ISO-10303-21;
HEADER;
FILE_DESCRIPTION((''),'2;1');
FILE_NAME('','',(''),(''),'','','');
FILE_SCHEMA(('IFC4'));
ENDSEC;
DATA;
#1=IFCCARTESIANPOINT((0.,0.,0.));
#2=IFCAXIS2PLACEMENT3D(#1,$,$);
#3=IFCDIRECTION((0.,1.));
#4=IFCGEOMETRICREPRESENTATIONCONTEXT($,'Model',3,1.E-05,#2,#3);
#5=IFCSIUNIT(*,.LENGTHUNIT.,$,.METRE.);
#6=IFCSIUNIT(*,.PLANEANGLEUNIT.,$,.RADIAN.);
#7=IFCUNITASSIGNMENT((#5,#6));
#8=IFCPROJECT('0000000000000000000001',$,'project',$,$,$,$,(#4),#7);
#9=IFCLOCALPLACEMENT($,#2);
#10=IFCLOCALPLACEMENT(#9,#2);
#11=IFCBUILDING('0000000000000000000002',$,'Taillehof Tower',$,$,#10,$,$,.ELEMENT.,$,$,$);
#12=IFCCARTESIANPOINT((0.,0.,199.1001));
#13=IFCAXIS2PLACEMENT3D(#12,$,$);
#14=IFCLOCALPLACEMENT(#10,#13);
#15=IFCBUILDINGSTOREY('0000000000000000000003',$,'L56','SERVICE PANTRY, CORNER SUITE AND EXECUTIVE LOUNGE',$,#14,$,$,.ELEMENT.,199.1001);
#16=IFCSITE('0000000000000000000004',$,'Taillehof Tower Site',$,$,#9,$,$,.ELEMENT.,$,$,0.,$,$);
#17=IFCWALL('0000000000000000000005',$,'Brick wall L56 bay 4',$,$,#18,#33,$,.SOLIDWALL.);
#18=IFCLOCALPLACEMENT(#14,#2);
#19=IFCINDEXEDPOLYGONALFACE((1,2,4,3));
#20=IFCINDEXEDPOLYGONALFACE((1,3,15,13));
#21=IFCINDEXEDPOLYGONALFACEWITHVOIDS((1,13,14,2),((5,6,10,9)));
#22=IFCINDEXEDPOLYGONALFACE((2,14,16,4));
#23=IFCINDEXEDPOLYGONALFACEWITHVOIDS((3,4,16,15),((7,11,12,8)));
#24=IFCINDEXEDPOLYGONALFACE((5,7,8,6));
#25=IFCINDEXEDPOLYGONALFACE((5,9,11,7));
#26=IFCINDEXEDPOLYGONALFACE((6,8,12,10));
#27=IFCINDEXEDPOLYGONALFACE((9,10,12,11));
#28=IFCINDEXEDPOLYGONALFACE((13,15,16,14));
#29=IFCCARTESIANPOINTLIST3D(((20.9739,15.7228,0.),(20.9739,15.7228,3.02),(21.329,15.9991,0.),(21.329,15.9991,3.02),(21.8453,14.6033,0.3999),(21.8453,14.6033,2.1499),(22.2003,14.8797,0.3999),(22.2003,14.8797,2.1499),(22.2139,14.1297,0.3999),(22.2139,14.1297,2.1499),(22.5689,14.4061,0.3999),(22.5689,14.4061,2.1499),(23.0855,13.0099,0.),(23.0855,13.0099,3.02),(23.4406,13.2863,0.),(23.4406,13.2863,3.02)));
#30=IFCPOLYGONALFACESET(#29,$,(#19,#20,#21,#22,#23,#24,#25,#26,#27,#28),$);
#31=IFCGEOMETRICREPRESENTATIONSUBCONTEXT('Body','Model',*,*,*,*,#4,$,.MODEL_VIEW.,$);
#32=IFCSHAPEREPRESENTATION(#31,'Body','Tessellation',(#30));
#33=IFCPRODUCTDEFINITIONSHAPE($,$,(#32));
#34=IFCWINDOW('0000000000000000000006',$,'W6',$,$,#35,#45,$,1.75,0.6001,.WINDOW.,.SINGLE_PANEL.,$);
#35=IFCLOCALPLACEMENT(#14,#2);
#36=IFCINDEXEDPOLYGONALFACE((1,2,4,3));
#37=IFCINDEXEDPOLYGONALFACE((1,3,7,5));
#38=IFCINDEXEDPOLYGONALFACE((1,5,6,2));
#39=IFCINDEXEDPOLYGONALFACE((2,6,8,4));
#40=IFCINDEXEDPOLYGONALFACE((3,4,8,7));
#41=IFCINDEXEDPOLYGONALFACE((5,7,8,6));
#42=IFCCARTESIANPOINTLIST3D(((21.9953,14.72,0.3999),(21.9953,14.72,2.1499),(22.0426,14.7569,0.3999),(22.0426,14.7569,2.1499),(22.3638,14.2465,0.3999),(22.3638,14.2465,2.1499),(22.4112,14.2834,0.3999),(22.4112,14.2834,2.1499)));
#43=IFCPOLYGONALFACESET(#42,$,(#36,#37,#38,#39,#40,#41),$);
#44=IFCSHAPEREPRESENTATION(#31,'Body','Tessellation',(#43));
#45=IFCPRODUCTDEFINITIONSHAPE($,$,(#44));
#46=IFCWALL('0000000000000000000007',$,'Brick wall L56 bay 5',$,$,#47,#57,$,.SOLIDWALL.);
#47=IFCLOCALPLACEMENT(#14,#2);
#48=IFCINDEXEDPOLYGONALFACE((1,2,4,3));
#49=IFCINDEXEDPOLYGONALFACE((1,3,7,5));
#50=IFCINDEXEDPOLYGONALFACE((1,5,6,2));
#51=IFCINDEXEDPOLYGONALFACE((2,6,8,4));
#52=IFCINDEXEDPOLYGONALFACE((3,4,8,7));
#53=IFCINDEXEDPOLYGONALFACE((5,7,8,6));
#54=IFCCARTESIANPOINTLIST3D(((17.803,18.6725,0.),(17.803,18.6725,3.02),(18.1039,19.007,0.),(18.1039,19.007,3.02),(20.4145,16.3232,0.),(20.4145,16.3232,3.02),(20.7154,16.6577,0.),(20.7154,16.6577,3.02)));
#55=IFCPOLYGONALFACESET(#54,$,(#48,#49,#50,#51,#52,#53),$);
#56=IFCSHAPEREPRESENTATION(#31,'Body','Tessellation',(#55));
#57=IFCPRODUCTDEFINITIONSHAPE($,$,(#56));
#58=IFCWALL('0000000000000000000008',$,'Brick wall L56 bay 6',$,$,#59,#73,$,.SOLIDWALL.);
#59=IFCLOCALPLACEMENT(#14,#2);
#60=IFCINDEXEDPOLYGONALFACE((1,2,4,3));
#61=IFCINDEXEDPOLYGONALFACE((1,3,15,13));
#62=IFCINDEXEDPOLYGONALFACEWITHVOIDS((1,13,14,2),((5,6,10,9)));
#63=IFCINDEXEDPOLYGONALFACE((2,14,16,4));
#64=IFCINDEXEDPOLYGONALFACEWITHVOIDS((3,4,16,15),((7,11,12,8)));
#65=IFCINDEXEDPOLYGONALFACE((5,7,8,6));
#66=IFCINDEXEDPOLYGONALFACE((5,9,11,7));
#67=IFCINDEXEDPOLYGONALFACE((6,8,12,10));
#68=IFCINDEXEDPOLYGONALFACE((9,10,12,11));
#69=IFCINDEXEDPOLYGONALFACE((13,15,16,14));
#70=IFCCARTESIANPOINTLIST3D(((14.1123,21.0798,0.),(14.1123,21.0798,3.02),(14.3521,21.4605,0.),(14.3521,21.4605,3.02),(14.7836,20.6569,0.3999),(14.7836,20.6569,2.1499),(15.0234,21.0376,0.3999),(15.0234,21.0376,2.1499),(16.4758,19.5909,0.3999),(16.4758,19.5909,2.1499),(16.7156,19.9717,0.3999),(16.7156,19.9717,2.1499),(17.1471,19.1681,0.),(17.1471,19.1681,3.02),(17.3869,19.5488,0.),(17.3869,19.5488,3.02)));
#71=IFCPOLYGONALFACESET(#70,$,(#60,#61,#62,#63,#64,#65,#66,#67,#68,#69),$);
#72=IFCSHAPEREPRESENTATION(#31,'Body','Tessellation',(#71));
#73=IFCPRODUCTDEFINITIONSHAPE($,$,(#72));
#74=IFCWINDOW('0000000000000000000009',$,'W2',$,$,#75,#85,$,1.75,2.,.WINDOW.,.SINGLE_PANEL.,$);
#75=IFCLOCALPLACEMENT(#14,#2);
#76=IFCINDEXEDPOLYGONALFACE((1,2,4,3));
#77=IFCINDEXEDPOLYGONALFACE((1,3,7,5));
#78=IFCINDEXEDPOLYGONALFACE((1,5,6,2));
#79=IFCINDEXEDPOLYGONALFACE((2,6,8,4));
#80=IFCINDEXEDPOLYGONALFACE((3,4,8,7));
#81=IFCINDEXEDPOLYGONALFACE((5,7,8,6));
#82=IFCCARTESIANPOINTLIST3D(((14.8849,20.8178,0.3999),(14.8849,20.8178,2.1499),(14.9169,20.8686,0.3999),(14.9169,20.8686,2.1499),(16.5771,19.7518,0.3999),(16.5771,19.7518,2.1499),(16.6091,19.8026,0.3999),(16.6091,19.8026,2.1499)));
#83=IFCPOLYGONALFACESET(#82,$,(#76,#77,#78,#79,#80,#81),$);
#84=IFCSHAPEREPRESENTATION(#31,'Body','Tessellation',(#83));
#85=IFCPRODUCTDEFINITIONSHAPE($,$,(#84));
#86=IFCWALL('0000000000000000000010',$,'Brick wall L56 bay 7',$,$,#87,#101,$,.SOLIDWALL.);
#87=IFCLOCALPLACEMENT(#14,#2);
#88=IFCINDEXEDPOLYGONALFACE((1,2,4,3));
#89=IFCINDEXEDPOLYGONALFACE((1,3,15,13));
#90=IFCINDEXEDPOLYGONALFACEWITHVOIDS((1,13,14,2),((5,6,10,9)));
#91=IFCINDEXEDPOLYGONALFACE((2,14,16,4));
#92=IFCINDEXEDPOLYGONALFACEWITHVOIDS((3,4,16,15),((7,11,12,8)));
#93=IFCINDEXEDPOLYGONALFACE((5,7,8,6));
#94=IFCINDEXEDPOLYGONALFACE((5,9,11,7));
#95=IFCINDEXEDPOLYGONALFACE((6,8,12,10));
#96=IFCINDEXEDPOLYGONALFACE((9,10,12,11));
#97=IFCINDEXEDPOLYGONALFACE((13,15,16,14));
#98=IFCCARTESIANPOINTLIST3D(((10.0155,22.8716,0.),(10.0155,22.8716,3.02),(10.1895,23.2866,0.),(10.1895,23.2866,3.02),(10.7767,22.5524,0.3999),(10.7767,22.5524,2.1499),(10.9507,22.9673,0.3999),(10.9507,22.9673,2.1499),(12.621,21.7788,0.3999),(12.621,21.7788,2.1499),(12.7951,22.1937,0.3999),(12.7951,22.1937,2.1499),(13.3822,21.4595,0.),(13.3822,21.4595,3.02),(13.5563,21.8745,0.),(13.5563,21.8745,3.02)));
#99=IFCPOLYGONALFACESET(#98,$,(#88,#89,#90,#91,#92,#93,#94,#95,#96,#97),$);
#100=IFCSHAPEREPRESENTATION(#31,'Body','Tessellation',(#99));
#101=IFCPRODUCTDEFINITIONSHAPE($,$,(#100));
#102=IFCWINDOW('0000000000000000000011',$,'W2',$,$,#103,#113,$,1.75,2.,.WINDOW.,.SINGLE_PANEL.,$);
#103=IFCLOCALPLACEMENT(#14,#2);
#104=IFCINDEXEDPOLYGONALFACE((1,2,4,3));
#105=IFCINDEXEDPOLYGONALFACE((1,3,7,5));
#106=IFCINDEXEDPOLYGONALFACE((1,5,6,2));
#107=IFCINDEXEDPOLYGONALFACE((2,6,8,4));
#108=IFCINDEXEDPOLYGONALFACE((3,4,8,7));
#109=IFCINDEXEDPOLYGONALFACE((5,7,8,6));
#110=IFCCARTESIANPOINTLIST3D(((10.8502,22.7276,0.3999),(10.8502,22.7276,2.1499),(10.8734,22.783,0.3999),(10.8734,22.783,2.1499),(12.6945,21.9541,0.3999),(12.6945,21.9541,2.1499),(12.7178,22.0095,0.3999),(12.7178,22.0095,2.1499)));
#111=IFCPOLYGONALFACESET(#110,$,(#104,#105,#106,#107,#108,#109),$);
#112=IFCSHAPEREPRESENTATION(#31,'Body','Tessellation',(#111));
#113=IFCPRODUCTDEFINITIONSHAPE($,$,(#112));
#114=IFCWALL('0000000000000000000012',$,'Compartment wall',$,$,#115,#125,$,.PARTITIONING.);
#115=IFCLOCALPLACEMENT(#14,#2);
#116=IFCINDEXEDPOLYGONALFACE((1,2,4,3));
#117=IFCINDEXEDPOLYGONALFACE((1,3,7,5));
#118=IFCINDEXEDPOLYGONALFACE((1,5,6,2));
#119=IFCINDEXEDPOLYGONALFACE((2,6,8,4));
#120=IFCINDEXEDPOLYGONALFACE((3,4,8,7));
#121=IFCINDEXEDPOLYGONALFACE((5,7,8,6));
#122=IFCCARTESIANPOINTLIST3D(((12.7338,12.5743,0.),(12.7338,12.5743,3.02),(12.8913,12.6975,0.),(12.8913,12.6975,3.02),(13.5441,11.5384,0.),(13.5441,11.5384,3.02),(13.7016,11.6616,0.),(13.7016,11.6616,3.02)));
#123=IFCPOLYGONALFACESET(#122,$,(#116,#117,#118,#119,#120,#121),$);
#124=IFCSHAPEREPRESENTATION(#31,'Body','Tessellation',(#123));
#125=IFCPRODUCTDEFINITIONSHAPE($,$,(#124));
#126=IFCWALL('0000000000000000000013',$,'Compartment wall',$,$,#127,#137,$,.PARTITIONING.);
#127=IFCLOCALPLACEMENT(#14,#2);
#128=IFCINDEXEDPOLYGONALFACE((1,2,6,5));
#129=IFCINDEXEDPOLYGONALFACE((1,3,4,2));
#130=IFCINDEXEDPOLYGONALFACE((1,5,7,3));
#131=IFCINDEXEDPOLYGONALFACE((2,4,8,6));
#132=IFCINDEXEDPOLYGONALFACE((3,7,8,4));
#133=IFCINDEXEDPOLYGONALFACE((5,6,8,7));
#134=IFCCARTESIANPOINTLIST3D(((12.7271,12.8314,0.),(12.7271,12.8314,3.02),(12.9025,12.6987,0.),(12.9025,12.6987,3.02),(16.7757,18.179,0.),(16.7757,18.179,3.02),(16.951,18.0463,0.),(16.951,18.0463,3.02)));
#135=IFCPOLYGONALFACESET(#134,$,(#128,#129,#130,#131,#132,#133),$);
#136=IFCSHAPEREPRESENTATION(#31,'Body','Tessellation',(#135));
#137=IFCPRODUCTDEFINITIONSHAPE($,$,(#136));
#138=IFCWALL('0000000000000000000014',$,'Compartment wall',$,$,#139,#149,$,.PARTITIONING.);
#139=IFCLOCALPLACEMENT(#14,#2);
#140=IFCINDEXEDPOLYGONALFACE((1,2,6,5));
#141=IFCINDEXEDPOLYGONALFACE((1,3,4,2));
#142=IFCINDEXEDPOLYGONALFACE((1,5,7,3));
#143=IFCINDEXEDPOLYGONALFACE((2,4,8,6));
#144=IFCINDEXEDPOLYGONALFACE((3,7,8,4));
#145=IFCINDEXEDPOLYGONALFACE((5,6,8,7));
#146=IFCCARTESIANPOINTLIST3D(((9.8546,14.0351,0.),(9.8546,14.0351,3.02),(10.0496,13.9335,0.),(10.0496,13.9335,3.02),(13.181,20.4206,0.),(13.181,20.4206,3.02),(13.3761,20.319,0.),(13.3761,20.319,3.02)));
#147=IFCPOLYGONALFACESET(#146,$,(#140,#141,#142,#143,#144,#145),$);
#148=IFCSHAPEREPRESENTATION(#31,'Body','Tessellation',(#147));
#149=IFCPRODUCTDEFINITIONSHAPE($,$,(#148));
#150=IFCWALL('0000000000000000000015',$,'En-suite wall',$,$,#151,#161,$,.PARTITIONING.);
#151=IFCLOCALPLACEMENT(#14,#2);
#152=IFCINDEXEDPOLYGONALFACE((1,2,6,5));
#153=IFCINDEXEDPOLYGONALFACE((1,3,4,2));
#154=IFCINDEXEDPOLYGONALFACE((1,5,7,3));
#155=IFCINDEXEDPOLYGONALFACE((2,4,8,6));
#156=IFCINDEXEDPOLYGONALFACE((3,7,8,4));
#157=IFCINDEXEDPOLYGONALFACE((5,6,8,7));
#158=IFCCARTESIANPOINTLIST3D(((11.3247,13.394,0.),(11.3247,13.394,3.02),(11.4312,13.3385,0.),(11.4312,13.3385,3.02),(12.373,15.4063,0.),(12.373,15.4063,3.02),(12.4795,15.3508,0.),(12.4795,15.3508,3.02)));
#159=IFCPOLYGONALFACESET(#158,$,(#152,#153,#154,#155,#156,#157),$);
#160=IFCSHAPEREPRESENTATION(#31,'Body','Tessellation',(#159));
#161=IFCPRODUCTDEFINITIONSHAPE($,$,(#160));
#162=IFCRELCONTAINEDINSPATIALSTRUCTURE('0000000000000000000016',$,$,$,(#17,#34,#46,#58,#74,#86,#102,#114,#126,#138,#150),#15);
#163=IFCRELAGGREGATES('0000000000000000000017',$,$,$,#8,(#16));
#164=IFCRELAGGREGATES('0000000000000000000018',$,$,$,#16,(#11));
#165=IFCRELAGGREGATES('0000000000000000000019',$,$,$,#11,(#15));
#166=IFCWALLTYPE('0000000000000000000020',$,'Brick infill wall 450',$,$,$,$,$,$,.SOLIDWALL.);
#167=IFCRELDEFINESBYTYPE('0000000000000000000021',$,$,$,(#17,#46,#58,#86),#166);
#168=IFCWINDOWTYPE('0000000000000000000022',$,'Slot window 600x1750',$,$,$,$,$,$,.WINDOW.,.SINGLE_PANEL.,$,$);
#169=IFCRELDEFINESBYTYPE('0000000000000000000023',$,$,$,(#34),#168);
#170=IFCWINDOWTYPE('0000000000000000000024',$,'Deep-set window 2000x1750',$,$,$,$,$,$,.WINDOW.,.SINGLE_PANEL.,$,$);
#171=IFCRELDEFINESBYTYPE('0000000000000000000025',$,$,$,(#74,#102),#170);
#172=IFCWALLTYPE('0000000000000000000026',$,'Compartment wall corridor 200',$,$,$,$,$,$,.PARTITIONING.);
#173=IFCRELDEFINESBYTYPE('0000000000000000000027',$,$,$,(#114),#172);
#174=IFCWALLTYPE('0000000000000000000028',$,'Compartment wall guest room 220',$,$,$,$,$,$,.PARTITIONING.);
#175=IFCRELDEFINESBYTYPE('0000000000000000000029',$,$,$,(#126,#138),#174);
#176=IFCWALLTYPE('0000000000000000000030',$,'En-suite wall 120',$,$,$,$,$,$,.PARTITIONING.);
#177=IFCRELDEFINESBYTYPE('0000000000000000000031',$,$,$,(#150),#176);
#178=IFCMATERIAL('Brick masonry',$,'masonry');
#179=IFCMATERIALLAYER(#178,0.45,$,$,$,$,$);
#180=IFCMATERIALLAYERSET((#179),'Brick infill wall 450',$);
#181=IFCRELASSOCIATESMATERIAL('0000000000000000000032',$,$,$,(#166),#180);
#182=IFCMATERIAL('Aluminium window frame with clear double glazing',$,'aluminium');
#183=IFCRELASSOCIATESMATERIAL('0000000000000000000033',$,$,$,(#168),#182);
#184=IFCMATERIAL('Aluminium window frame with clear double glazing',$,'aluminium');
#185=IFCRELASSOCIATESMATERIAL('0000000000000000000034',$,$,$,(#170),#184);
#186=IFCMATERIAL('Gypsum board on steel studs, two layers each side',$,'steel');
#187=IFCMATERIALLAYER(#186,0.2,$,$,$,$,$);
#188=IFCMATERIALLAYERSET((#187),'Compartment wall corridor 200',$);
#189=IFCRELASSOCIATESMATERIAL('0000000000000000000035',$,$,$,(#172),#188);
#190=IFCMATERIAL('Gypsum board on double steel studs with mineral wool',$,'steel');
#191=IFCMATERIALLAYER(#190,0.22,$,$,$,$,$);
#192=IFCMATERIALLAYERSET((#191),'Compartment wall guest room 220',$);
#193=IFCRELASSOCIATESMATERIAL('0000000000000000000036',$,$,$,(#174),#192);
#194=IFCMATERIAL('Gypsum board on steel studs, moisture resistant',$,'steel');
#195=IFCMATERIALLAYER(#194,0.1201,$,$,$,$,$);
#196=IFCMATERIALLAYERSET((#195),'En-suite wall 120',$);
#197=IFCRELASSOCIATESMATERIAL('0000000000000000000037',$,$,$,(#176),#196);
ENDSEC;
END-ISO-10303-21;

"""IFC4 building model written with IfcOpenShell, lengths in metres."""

from ifc_helpers import new_model, si_unit, direction, frame, frame_2d, origin, place, context, subcontext, project, spatial, rectangle, extrude, material, layer, layer_set, type_object, element, fill, save


model = new_model("IFC4")

# Units and contexts
model_context = context("Model", 3, precision=1e-05, world=origin(), true_north=direction((0.0, 1.0)))
body_context = subcontext(model_context, "Body", "Model", "MODEL_VIEW")
ifc_project = project(units=[si_unit("LENGTHUNIT", "METRE"), si_unit("PLANEANGLEUNIT", "RADIAN")], contexts=[model_context])

# Site, building, storey
site_placement = place(None, origin())
site = spatial("IfcSite", under=ifc_project, at=site_placement, Name="Taillehof Tower Site", CompositionType="ELEMENT", RefElevation=0.0)
building_placement = place(site_placement, origin())
building = spatial("IfcBuilding", under=site, at=building_placement, Name="Taillehof Tower", CompositionType="ELEMENT")
storey_placement = place(building_placement, frame((0.0, 0.0, 199.1001)))
storey = spatial("IfcBuildingStorey", under=building, at=storey_placement, Name="L56", Description="SERVICE PANTRY, CORNER SUITE AND EXECUTIVE LOUNGE", CompositionType="ELEMENT", Elevation=199.1001)

# Wall, opening, window
ifc_material_1 = material(Name="Brick masonry", Category="masonry")
ifc_layer_1 = layer(ifc_material_1, 0.45)
ifc_layer_set_1 = layer_set([ifc_layer_1], Name="Brick infill wall 450")
wall_type_1 = type_object("IfcWallType", Name="Brick infill wall 450", PredefinedType="SOLIDWALL", material=ifc_layer_set_1)
wall_1_placement = place(storey_placement, frame((23.2629, 13.1482, 0.0), z_axis=(0.0, 0.0, 1.0), x_axis=(-0.614221, 0.789134, 0.0)))
wall_1 = element("IfcWall", 1, at=wall_1_placement, inside=storey, type_object=wall_type_1, Name="Brick wall L56 bay 4", PredefinedType="SOLIDWALL", context=body_context, shape_type="SweptSolid", body=[
    extrude(rectangle(XDim=3.4377, YDim=0.45, at=frame_2d((1.7188, 0.0))), origin(), (0.0, 0.0, 1.0), 3.02),
])
opening_1_placement = place(wall_1_placement, frame((1.4189, 0.0, 0.3999)))
opening_1 = element("IfcOpeningElement", 2, at=opening_1_placement, cuts=wall_1, PredefinedType="OPENING", context=body_context, shape_type="SweptSolid", body=[
    extrude(rectangle(XDim=0.6001, YDim=1.75, at=frame_2d((0.3, 0.875))), frame((0.0, 0.2349, 0.0), z_axis=(0.0, -1.0, 0.0), x_axis=(1.0, 0.0, 0.0)), (0.0, 0.0, 1.0), 0.47),
])
ifc_material_2 = material(Name="Aluminium window frame with clear double glazing", Category="aluminium")
window_type_1 = type_object("IfcWindowType", Name="Slot window 600x1750", PartitioningType="SINGLE_PANEL", PredefinedType="WINDOW", material=ifc_material_2)
window_1_placement = place(opening_1_placement, origin())
window_1 = element("IfcWindow", 3, at=window_1_placement, inside=storey, type_object=window_type_1, Name="W6", OverallHeight=1.75, OverallWidth=0.6001, PartitioningType="SINGLE_PANEL", PredefinedType="WINDOW", context=body_context, shape_type="SweptSolid", body=[
    extrude(rectangle(XDim=0.6001, YDim=1.75, at=frame_2d((0.3, 0.875))), frame((0.0, 0.0349, 0.0), z_axis=(0.0, -1.0, 0.0), x_axis=(1.0, 0.0, 0.0)), (0.0, 0.0, 1.0), 0.0601),
])
fill(opening_1, window_1)

# Wall
wall_2_placement = place(storey_placement, frame((20.5649, 16.4905, 0.0), z_axis=(0.0, 0.0, 1.0), x_axis=(-0.743443, 0.6688, 0.0)))
element("IfcWall", 4, at=wall_2_placement, inside=storey, type_object=wall_type_1, Name="Brick wall L56 bay 5", PredefinedType="SOLIDWALL", context=body_context, shape_type="SweptSolid", body=[
    extrude(rectangle(XDim=3.5127, YDim=0.45, at=frame_2d((1.7563, 0.0))), origin(), (0.0, 0.0, 1.0), 3.02),
])

# Walls, openings, windows
wall_3_placement = place(storey_placement, frame((17.2671, 19.3584, 0.0), z_axis=(0.0, 0.0, 1.0), x_axis=(-0.846119, 0.532994, 0.0)))
wall_3 = element("IfcWall", 5, at=wall_3_placement, inside=storey, type_object=wall_type_1, Name="Brick wall L56 bay 6", PredefinedType="SOLIDWALL", context=body_context, shape_type="SweptSolid", body=[
    extrude(rectangle(XDim=3.5867, YDim=0.45, at=frame_2d((1.7935, 0.0))), origin(), (0.0, 0.0, 1.0), 3.02),
])
opening_2_placement = place(wall_3_placement, frame((0.7935, 0.0, 0.3999)))
opening_2 = element("IfcOpeningElement", 6, at=opening_2_placement, cuts=wall_3, PredefinedType="OPENING", context=body_context, shape_type="SweptSolid", body=[
    extrude(rectangle(XDim=2.0, YDim=1.75, at=frame_2d((1.0, 0.875))), frame((0.0, 0.2349, 0.0), z_axis=(0.0, -1.0, 0.0), x_axis=(1.0, 0.0, 0.0)), (0.0, 0.0, 1.0), 0.47),
])
ifc_material_3 = material(Name="Aluminium window frame with clear double glazing", Category="aluminium")
window_type_2 = type_object("IfcWindowType", Name="Deep-set window 2000x1750", PartitioningType="SINGLE_PANEL", PredefinedType="WINDOW", material=ifc_material_3)
window_2_placement = place(opening_2_placement, origin())
window_2 = element("IfcWindow", 7, at=window_2_placement, inside=storey, type_object=window_type_2, Name="W2", OverallHeight=1.75, OverallWidth=2.0, PartitioningType="SINGLE_PANEL", PredefinedType="WINDOW", context=body_context, shape_type="SweptSolid", body=[
    extrude(rectangle(XDim=2.0, YDim=1.75, at=frame_2d((1.0, 0.875))), frame((0.0, 0.0349, 0.0), z_axis=(0.0, -1.0, 0.0), x_axis=(1.0, 0.0, 0.0)), (0.0, 0.0, 1.0), 0.0601),
])
fill(opening_2, window_2)
wall_4_placement = place(storey_placement, frame((13.4692, 21.667, 0.0), z_axis=(0.0, 0.0, 1.0), x_axis=(-0.922168, 0.386789, 0.0)))
wall_4 = element("IfcWall", 8, at=wall_4_placement, inside=storey, type_object=wall_type_1, Name="Brick wall L56 bay 7", PredefinedType="SOLIDWALL", context=body_context, shape_type="SweptSolid", body=[
    extrude(rectangle(XDim=3.6509, YDim=0.45, at=frame_2d((1.8254, 0.0))), origin(), (0.0, 0.0, 1.0), 3.02),
])
opening_3_placement = place(wall_4_placement, frame((0.8254, 0.0, 0.3999)))
opening_3 = element("IfcOpeningElement", 9, at=opening_3_placement, cuts=wall_4, PredefinedType="OPENING", context=body_context, shape_type="SweptSolid", body=[
    extrude(rectangle(XDim=2.0, YDim=1.75, at=frame_2d((1.0, 0.875))), frame((0.0, 0.2349, 0.0), z_axis=(0.0, -1.0, 0.0), x_axis=(1.0, 0.0, 0.0)), (0.0, 0.0, 1.0), 0.47),
])
window_3_placement = place(opening_3_placement, origin())
window_3 = element("IfcWindow", 10, at=window_3_placement, inside=storey, type_object=window_type_2, Name="W2", OverallHeight=1.75, OverallWidth=2.0, PartitioningType="SINGLE_PANEL", PredefinedType="WINDOW", context=body_context, shape_type="SweptSolid", body=[
    extrude(rectangle(XDim=2.0, YDim=1.75, at=frame_2d((1.0, 0.875))), frame((0.0, 0.0349, 0.0), z_axis=(0.0, -1.0, 0.0), x_axis=(1.0, 0.0, 0.0)), (0.0, 0.0, 1.0), 0.0601),
])
fill(opening_3, window_3)

# Walls
ifc_material_4 = material(Name="Gypsum board on steel studs, two layers each side", Category="steel")
ifc_layer_2 = layer(ifc_material_4, 0.2)
ifc_layer_set_2 = layer_set([ifc_layer_2], Name="Compartment wall corridor 200")
wall_type_2 = type_object("IfcWallType", Name="Compartment wall corridor 200", PredefinedType="PARTITIONING", material=ifc_layer_set_2)
wall_5_placement = place(storey_placement, frame((12.8125, 12.636, 0.0), z_axis=(0.0, 0.0, 1.0), x_axis=(0.616123, -0.78765, 0.0)))
element("IfcWall", 11, at=wall_5_placement, inside=storey, type_object=wall_type_2, Name="Compartment wall", PredefinedType="PARTITIONING", context=body_context, shape_type="SweptSolid", body=[
    extrude(rectangle(XDim=1.3152, YDim=0.2, at=frame_2d((0.6577, 0.0))), origin(), (0.0, 0.0, 1.0), 3.02),
])
ifc_material_5 = material(Name="Gypsum board on double steel studs with mineral wool", Category="steel")
ifc_layer_3 = layer(ifc_material_5, 0.22)
ifc_layer_set_3 = layer_set([ifc_layer_3], Name="Compartment wall guest room 220")
wall_type_3 = type_object("IfcWallType", Name="Compartment wall guest room 220", PredefinedType="PARTITIONING", material=ifc_layer_set_3)
wall_6_placement = place(storey_placement, frame((16.8633, 18.1125, 0.0), z_axis=(0.0, 0.0, 1.0), x_axis=(-0.603605, -0.797284, 0.0)))
element("IfcWall", 12, at=wall_6_placement, inside=storey, type_object=wall_type_3, Name="Compartment wall", PredefinedType="PARTITIONING", context=body_context, shape_type="SweptSolid", body=[
    extrude(rectangle(XDim=6.7073, YDim=0.22, at=frame_2d((3.3535, 0.0))), origin(), (0.0, 0.0, 1.0), 3.02),
])
wall_7_placement = place(storey_placement, frame((13.2786, 20.3699, 0.0), z_axis=(0.0, 0.0, 1.0), x_axis=(-0.462004, -0.886878, 0.0)))
element("IfcWall", 13, at=wall_7_placement, inside=storey, type_object=wall_type_3, Name="Compartment wall", PredefinedType="PARTITIONING", context=body_context, shape_type="SweptSolid", body=[
    extrude(rectangle(XDim=7.2, YDim=0.22, at=frame_2d((3.6001, 0.0))), origin(), (0.0, 0.0, 1.0), 3.02),
])
ifc_material_6 = material(Name="Gypsum board on steel studs, moisture resistant", Category="steel")
ifc_layer_4 = layer(ifc_material_6, 0.1201)
ifc_layer_set_4 = layer_set([ifc_layer_4], Name="En-suite wall 120")
wall_type_4 = type_object("IfcWallType", Name="En-suite wall 120", PredefinedType="PARTITIONING", material=ifc_layer_set_4)
wall_8_placement = place(storey_placement, frame((11.3779, 13.3662, 0.0), z_axis=(0.0, 0.0, 1.0), x_axis=(0.462, 0.88688, 0.0)))
element("IfcWall", 14, at=wall_8_placement, inside=storey, type_object=wall_type_4, Name="En-suite wall", PredefinedType="PARTITIONING", context=body_context, shape_type="SweptSolid", body=[
    extrude(rectangle(XDim=2.269, YDim=0.1201, at=frame_2d((1.1345, 0.0))), origin(), (0.0, 0.0, 1.0), 3.02),
])

save(model, "model.ifc")
